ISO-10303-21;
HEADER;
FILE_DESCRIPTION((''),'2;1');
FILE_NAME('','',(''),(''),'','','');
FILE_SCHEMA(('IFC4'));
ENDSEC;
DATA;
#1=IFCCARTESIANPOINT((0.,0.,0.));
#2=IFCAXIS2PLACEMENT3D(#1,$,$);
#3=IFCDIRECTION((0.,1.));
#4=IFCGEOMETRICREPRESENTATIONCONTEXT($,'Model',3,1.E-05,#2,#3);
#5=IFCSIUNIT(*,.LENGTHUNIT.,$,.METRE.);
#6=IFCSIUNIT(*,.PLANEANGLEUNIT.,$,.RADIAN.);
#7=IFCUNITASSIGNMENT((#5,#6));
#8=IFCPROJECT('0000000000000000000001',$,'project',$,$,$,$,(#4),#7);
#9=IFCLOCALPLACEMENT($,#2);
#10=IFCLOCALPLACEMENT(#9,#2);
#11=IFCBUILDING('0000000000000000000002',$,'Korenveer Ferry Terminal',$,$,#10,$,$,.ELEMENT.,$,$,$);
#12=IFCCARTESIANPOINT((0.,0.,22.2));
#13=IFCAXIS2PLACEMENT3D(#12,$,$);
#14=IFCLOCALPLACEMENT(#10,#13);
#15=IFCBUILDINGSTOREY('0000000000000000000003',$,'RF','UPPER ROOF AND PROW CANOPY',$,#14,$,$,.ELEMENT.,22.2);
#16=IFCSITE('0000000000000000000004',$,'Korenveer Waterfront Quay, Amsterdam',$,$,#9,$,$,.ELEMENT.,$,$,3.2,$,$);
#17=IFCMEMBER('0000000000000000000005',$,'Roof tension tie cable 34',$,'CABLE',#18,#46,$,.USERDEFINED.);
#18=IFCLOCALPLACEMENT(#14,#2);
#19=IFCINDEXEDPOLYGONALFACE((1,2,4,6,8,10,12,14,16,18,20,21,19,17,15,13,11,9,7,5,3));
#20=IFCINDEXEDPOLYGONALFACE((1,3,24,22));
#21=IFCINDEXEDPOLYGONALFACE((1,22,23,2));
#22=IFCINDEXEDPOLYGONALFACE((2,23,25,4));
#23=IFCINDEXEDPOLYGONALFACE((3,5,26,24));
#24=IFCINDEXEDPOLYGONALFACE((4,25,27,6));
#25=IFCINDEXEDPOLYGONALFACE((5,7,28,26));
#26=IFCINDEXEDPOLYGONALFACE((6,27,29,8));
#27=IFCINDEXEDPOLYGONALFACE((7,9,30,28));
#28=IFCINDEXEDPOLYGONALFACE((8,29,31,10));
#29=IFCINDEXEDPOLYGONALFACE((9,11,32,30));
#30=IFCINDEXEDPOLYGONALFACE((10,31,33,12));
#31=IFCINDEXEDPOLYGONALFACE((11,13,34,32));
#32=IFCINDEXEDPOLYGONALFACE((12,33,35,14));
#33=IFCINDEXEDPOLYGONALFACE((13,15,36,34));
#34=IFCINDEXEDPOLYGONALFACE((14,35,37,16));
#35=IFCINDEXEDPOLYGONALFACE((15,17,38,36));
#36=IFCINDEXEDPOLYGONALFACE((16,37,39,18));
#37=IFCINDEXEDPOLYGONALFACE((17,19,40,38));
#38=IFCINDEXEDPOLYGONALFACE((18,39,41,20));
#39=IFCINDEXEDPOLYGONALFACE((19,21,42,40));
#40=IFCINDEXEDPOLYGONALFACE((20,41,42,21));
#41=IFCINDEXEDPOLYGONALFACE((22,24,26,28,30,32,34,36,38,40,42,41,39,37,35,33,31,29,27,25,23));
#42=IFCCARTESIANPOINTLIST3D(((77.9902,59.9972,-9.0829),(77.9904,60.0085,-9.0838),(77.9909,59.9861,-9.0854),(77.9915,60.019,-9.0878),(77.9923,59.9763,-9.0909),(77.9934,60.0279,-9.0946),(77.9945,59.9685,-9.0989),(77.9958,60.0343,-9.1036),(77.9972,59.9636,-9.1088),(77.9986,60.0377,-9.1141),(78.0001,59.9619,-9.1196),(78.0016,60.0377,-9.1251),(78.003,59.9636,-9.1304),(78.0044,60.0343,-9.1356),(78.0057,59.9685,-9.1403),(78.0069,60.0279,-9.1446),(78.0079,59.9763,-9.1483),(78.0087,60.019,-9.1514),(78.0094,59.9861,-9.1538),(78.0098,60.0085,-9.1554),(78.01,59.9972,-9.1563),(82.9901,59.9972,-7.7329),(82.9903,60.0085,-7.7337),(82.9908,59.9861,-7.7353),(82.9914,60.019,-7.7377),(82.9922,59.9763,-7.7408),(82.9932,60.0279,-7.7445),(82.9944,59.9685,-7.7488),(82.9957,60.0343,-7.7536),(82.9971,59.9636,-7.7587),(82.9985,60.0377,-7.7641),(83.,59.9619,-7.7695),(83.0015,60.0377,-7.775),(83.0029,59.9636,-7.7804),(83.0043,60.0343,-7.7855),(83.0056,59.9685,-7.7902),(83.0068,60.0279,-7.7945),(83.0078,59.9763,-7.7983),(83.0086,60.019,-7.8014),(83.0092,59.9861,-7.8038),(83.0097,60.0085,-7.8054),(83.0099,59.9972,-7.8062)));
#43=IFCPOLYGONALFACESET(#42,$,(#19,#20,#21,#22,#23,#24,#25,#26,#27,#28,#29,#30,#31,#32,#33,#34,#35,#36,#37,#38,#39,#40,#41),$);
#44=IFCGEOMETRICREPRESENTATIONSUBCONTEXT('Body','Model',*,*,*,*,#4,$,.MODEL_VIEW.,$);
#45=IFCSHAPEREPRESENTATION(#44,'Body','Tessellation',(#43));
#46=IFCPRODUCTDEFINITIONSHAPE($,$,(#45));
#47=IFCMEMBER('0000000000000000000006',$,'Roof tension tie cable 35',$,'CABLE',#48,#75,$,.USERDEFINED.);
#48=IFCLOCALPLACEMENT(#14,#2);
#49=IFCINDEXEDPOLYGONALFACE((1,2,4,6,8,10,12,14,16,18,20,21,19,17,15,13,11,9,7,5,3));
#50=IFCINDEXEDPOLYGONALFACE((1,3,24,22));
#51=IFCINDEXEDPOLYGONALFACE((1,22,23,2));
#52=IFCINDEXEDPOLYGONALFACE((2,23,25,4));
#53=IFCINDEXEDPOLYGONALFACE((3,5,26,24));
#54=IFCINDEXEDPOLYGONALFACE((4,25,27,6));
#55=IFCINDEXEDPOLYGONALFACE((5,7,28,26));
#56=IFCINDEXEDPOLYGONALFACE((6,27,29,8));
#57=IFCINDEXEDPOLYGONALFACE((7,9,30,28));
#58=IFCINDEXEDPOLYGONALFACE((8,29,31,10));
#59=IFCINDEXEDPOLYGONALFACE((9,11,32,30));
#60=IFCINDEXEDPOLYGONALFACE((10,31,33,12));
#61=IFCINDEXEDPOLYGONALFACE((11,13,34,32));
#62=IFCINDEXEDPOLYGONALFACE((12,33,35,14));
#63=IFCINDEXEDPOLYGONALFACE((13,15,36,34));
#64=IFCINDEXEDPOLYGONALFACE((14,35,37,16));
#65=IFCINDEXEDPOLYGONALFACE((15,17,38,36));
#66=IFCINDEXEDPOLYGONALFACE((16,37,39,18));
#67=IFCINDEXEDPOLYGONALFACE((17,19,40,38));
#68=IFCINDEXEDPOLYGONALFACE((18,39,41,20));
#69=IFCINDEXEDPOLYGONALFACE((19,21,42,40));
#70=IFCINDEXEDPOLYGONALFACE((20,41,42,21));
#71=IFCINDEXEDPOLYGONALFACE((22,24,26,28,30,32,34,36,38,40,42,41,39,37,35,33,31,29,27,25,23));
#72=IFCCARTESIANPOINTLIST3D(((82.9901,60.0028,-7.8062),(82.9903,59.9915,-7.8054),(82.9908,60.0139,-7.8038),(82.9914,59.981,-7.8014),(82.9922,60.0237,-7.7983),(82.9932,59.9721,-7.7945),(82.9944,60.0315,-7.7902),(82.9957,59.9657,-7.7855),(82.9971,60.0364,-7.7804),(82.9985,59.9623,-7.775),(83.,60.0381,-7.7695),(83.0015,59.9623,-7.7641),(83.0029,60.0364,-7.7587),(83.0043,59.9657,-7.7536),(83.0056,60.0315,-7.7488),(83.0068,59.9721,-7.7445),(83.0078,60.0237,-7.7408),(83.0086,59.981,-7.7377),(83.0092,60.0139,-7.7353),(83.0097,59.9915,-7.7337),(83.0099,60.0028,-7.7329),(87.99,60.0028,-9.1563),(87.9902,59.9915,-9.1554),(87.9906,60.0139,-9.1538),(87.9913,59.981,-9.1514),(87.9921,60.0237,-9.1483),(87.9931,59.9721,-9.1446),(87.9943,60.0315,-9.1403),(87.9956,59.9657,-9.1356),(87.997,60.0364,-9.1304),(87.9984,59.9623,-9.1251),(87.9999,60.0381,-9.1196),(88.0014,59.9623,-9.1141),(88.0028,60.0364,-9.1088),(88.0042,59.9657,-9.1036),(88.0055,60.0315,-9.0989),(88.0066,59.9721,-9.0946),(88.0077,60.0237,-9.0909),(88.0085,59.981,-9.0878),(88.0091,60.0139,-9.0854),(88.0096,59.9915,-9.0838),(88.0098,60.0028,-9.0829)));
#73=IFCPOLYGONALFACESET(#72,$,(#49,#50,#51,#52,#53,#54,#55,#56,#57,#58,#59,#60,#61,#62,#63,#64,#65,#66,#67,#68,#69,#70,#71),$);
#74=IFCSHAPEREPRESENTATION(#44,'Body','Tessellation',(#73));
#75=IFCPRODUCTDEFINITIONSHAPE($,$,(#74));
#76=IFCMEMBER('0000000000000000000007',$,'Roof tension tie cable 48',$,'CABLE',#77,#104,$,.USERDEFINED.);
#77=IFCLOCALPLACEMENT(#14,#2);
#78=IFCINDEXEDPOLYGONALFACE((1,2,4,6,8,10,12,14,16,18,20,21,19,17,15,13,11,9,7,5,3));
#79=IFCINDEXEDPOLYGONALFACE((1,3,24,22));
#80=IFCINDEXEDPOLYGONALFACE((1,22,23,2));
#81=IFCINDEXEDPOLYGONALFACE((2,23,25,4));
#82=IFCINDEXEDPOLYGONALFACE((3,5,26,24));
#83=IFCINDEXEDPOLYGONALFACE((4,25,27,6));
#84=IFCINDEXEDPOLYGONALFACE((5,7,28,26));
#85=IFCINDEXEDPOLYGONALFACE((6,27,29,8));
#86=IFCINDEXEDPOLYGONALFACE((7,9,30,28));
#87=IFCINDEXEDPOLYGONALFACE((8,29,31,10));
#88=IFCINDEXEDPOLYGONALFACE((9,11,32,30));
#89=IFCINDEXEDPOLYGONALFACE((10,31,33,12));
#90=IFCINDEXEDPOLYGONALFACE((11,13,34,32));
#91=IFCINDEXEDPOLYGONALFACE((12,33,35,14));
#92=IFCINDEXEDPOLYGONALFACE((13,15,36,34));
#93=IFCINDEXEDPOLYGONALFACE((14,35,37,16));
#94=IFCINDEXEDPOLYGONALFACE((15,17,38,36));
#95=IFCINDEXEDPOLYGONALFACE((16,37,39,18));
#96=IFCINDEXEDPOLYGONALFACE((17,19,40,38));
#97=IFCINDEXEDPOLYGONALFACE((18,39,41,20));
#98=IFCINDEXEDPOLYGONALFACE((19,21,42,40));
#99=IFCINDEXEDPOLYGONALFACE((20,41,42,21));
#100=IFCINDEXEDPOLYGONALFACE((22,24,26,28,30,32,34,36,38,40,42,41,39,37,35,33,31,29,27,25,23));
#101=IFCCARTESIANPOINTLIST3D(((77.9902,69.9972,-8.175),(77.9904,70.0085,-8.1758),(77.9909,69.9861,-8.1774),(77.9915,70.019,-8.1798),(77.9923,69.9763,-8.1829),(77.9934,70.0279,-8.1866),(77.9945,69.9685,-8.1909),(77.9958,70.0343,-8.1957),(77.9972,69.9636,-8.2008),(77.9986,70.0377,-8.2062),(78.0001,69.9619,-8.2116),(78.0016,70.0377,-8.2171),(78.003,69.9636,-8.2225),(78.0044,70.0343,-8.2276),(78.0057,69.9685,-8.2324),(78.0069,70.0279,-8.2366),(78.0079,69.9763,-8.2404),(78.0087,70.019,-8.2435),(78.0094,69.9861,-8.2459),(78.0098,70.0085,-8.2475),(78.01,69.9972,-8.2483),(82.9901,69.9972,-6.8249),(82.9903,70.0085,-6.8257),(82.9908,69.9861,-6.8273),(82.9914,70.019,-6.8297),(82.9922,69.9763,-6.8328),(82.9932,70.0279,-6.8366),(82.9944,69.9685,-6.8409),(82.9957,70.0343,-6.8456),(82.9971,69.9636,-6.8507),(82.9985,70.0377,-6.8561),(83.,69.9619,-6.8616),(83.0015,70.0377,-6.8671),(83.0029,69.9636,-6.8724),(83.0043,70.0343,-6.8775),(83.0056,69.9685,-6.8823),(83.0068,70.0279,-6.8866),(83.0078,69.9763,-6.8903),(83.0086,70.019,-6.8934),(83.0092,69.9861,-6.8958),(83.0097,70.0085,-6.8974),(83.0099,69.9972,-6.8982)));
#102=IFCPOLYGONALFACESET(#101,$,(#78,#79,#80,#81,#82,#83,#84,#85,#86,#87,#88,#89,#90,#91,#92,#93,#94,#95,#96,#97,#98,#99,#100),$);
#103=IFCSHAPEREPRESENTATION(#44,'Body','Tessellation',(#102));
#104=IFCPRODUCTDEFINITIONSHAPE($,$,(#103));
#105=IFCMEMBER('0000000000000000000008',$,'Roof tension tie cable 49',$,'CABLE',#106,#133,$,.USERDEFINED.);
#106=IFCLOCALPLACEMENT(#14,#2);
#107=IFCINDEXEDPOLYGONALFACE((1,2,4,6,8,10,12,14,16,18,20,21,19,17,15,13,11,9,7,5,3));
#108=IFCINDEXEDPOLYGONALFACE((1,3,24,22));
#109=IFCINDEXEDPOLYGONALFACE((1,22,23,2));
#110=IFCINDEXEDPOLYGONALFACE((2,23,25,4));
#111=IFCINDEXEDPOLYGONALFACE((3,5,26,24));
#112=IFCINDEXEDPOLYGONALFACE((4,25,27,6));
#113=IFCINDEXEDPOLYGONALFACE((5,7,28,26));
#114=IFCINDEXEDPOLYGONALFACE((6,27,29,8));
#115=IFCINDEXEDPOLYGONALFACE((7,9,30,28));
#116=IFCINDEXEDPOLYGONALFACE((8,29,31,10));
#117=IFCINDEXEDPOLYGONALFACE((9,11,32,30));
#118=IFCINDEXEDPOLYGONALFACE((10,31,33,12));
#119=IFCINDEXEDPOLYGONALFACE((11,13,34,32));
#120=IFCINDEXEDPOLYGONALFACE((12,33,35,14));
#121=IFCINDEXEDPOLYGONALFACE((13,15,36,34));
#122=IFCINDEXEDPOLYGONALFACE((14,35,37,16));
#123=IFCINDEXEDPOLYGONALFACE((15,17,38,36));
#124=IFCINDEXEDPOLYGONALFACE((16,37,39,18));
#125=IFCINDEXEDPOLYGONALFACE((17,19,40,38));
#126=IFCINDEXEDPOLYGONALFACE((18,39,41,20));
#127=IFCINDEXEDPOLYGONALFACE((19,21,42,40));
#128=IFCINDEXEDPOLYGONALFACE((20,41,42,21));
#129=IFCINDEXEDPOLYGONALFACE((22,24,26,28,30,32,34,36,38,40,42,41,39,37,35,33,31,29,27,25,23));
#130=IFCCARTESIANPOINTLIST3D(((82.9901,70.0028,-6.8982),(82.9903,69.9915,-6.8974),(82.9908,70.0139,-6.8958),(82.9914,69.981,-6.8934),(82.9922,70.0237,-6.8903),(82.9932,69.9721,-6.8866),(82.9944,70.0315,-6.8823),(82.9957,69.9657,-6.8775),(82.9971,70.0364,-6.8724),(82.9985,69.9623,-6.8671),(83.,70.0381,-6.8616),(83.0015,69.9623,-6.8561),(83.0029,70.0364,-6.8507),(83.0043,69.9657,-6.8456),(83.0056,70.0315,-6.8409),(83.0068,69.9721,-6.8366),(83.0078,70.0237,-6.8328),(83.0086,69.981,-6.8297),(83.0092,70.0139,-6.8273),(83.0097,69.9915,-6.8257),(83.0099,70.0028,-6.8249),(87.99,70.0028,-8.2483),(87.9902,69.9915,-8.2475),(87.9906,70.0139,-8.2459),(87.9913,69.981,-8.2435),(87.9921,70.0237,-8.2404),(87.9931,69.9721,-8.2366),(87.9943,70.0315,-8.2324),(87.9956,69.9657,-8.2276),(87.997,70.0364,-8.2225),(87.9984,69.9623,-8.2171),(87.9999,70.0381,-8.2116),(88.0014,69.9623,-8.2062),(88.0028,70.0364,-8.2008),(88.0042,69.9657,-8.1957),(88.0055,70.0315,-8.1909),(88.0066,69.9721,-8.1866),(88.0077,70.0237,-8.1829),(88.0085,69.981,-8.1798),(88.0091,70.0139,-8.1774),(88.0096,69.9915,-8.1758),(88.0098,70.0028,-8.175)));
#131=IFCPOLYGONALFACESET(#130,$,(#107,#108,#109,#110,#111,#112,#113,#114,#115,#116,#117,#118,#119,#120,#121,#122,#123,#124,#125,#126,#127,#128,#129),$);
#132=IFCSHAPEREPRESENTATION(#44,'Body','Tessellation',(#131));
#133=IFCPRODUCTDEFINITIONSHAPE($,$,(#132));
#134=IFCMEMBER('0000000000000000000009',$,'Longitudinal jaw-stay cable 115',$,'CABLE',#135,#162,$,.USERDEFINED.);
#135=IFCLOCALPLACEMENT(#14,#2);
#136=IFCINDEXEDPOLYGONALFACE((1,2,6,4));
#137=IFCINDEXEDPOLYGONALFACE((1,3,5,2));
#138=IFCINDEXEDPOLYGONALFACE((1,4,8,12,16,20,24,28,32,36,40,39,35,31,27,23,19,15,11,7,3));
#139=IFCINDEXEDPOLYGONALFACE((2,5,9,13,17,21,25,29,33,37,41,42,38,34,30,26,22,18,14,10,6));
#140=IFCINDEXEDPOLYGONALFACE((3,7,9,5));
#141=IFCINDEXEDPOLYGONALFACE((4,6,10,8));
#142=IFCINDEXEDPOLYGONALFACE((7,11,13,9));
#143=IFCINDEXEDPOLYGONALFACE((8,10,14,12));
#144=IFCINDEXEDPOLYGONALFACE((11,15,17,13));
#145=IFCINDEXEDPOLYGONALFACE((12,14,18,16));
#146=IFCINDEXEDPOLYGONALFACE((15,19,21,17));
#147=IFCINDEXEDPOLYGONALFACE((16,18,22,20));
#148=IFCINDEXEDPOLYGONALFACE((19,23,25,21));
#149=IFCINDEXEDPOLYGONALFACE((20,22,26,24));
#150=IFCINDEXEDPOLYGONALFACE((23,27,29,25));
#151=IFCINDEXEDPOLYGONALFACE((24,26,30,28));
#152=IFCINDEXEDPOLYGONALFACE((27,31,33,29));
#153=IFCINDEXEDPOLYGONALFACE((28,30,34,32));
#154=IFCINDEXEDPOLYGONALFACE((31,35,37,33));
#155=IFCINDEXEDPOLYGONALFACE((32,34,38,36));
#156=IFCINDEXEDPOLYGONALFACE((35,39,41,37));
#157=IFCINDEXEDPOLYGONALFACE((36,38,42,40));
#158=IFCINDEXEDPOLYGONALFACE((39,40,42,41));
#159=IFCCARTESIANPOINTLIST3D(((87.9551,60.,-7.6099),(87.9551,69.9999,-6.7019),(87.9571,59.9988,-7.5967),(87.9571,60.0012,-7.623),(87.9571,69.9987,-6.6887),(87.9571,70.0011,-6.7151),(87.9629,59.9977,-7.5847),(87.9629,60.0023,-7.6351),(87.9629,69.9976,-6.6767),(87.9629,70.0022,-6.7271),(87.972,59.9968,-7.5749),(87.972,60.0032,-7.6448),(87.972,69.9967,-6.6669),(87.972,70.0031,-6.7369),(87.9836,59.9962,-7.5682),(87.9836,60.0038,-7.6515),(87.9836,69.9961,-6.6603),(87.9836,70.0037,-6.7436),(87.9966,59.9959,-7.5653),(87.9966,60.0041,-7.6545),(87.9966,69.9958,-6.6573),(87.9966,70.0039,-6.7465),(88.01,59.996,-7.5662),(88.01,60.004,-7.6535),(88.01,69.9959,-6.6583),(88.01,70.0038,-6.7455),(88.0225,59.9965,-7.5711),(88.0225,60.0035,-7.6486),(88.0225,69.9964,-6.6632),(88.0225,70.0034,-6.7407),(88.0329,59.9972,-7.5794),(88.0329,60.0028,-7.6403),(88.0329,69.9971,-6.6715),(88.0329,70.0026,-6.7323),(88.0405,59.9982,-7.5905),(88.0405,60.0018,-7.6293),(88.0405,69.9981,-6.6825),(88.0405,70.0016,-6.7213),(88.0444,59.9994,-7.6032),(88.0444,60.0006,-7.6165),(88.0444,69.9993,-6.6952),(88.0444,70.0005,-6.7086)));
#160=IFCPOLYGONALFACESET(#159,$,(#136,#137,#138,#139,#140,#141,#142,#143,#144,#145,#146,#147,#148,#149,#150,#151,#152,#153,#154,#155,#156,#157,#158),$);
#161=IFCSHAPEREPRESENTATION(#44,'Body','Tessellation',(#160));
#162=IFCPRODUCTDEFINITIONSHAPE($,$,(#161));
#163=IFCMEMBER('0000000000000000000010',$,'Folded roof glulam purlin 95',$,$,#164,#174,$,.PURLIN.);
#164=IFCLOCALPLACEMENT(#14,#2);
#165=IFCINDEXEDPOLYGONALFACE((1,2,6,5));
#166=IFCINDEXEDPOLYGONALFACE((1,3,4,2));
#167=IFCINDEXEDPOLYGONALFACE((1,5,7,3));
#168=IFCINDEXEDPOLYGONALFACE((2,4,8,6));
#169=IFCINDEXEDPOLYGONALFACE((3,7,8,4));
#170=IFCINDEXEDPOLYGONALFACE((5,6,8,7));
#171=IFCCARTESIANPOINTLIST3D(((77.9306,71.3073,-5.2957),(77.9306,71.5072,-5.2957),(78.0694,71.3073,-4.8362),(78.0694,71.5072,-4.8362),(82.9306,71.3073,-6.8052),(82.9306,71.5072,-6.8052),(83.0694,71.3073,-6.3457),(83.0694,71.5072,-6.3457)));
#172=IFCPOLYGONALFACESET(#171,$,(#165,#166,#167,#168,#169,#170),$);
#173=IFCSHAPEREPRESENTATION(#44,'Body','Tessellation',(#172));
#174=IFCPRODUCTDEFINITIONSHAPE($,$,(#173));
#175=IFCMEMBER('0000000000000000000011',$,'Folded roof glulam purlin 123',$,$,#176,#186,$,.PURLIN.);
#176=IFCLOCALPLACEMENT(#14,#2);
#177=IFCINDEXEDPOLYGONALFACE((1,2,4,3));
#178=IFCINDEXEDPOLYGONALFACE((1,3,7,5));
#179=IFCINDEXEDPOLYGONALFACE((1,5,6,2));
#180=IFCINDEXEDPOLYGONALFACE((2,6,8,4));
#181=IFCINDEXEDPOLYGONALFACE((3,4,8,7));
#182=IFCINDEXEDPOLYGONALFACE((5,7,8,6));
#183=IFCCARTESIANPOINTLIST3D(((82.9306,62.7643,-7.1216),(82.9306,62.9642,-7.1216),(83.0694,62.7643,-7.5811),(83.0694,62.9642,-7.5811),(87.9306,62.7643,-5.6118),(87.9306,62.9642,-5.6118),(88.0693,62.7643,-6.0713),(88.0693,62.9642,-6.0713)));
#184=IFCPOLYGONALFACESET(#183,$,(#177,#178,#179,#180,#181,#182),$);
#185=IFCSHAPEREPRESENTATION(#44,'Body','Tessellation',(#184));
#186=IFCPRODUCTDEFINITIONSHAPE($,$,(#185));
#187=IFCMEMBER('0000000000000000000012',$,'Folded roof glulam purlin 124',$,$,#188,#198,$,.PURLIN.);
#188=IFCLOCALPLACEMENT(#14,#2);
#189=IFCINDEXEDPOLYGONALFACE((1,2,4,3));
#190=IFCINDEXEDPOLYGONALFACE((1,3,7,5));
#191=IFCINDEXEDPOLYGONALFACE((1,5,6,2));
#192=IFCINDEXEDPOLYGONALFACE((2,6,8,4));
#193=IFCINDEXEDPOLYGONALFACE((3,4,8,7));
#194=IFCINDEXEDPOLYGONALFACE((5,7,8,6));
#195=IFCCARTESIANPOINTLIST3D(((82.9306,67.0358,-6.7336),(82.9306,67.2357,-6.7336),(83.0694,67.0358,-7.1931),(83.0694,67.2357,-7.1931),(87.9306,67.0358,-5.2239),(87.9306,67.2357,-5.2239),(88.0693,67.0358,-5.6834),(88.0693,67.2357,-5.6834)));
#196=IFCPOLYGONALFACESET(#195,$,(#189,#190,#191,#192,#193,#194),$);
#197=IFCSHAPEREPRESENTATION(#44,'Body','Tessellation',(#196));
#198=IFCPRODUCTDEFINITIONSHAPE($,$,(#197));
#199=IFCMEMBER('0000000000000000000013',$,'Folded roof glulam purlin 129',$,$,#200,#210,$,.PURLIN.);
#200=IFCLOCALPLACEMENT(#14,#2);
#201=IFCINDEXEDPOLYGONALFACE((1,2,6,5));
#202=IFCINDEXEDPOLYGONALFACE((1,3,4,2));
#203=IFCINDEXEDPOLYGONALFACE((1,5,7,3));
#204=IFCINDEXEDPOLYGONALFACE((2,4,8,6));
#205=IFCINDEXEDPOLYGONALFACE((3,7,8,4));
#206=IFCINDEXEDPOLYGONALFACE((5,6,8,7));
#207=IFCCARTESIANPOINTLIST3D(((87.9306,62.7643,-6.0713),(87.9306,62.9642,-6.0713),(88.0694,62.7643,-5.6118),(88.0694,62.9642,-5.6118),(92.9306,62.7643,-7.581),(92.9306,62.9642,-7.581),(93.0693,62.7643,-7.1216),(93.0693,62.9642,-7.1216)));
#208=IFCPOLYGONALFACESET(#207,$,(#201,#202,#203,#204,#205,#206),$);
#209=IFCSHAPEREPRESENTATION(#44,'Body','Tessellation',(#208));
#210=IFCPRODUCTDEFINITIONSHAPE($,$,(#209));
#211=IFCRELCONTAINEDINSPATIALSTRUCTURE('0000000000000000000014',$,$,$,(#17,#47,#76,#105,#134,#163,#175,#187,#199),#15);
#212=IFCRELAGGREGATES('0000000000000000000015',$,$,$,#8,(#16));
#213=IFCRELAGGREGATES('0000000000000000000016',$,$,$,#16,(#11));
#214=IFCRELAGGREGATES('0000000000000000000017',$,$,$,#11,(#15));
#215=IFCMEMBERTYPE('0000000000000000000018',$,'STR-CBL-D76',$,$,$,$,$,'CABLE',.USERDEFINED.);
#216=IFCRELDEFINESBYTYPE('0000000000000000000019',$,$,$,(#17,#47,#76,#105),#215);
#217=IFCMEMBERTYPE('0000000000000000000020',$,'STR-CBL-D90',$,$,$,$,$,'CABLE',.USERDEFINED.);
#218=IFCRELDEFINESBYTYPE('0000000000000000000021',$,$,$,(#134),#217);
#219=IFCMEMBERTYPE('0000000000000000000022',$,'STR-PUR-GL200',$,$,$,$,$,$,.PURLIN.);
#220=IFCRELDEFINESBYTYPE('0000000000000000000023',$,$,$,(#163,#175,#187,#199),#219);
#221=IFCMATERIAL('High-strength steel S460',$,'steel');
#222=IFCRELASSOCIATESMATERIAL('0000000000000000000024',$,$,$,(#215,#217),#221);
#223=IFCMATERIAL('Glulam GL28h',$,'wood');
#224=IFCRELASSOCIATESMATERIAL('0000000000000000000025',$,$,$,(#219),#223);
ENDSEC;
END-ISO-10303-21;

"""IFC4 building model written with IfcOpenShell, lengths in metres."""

from ifc_helpers import new_model, si_unit, direction, frame, origin, origin_2d, place, context, subcontext, project, spatial, rectangle, circle, extrude, material, material_profile, profile_set, type_object, element, save


model = new_model("IFC4")

# Units and contexts
model_context = context("Model", 3, precision=1e-05, world=origin(), true_north=direction((0.0, 1.0)))
body_context = subcontext(model_context, "Body", "Model", "MODEL_VIEW")
ifc_project = project(units=[si_unit("LENGTHUNIT", "METRE"), si_unit("PLANEANGLEUNIT", "RADIAN")], contexts=[model_context])

# Site, building, storey
site_placement = place(None, origin())
site = spatial("IfcSite", under=ifc_project, at=site_placement, Name="Korenveer Waterfront Quay, Amsterdam", CompositionType="ELEMENT", RefElevation=3.2)
building_placement = place(site_placement, origin())
building = spatial("IfcBuilding", under=site, at=building_placement, Name="Korenveer Ferry Terminal", CompositionType="ELEMENT")
storey_placement = place(building_placement, frame((0.0, 0.0, 22.2)))
storey = spatial("IfcBuildingStorey", under=building, at=storey_placement, Name="RF", Description="UPPER ROOF AND PROW CANOPY", CompositionType="ELEMENT", Elevation=22.2)

# Members
ifc_material_1 = material(Name="High-strength steel S460", Category="steel")
ifc_material_profile_1 = material_profile(ifc_material_1, circle(Radius=0.0381, at=origin_2d()), Name="ROD D76")
ifc_profile_set_1 = profile_set([ifc_material_profile_1], Name="High-strength steel S460")
member_type_1 = type_object("IfcMemberType", Name="STR-CBL-D76", ElementType="CABLE", PredefinedType="USERDEFINED", material=ifc_profile_set_1)
for number, where, z_axis, x_axis, name in (
    (1, (83.0, 60.0, -7.7695), (-0.965424, 0.0, -0.260683), (0.0, -1.0, 0.0), "Roof tension tie cable 34"),
    (2, (83.0, 60.0, -7.7695), (0.965424, 0.0, -0.260683), (0.0, 1.0, 0.0), "Roof tension tie cable 35"),
    (3, (83.0, 70.0, -6.8616), (-0.965424, 0.0, -0.260683), (0.0, -1.0, 0.0), "Roof tension tie cable 48"),
    (4, (83.0, 70.0, -6.8616), (0.965424, 0.0, -0.260683), (0.0, 1.0, 0.0), "Roof tension tie cable 49"),
):
    element("IfcMember", number, at=place(storey_placement, frame(where, z_axis=z_axis, x_axis=x_axis)), inside=storey, type_object=member_type_1, Name=name, ObjectType="CABLE", PredefinedType="USERDEFINED", context=body_context, shape_type="SweptSolid", body=[
        extrude(circle(Radius=0.0381, at=origin_2d()), origin(), (0.0, 0.0, 1.0), 5.179),
    ])
ifc_material_profile_2 = material_profile(ifc_material_1, circle(Radius=0.0449, at=origin_2d()), Name="ROD D90")
ifc_profile_set_2 = profile_set([ifc_material_profile_2], Name="High-strength steel S460")
member_type_2 = type_object("IfcMemberType", Name="STR-CBL-D90", ElementType="CABLE", PredefinedType="USERDEFINED", material=ifc_profile_set_2)
member_placement = place(storey_placement, frame((88.0, 60.0, -7.6099), z_axis=(0.0, 0.995903, 0.090424), x_axis=(-1.0, 0.0, 0.0)))
element("IfcMember", 5, at=member_placement, inside=storey, type_object=member_type_2, Name="Longitudinal jaw-stay cable 115", ObjectType="CABLE", PredefinedType="USERDEFINED", context=body_context, shape_type="SweptSolid", body=[
    extrude(circle(Radius=0.0449, at=origin_2d()), origin(), (0.0, 0.0, 1.0), 10.041),
])
ifc_material_2 = material(Name="Glulam GL28h", Category="wood")
ifc_material_profile_3 = material_profile(ifc_material_2, rectangle(XDim=0.2, YDim=0.48, at=origin_2d()), Name="GL 200x480")
ifc_profile_set_3 = profile_set([ifc_material_profile_3], Name="Glulam GL28h")
member_type_3 = type_object("IfcMemberType", Name="STR-PUR-GL200", PredefinedType="PURLIN", material=ifc_profile_set_3)
for number, where, z_axis, x_axis, name in (
    (6, (78.0, 71.4072, -5.0659), (0.957323, 0.0, -0.28902), (0.0, 1.0, 0.0), "Folded roof glulam purlin 95"),
    (7, (83.0, 62.8643, -7.3513), (0.95731, 0.0, 0.289063), (0.0, 1.0, 0.0), "Folded roof glulam purlin 123"),
    (8, (83.0, 67.1357, -6.9634), (0.95731, 0.0, 0.289063), (0.0, 1.0, 0.0), "Folded roof glulam purlin 124"),
    (9, (88.0, 62.8643, -5.8416), (0.95731, 0.0, -0.289063), (0.0, 1.0, 0.0), "Folded roof glulam purlin 129"),
):
    element("IfcMember", number, at=place(storey_placement, frame(where, z_axis=z_axis, x_axis=x_axis)), inside=storey, type_object=member_type_3, Name=name, PredefinedType="PURLIN", context=body_context, shape_type="SweptSolid", body=[
        extrude(rectangle(XDim=0.2, YDim=0.48, at=origin_2d()), origin(), (0.0, 0.0, 1.0), 5.2229),
    ])

save(model, "model.ifc")
